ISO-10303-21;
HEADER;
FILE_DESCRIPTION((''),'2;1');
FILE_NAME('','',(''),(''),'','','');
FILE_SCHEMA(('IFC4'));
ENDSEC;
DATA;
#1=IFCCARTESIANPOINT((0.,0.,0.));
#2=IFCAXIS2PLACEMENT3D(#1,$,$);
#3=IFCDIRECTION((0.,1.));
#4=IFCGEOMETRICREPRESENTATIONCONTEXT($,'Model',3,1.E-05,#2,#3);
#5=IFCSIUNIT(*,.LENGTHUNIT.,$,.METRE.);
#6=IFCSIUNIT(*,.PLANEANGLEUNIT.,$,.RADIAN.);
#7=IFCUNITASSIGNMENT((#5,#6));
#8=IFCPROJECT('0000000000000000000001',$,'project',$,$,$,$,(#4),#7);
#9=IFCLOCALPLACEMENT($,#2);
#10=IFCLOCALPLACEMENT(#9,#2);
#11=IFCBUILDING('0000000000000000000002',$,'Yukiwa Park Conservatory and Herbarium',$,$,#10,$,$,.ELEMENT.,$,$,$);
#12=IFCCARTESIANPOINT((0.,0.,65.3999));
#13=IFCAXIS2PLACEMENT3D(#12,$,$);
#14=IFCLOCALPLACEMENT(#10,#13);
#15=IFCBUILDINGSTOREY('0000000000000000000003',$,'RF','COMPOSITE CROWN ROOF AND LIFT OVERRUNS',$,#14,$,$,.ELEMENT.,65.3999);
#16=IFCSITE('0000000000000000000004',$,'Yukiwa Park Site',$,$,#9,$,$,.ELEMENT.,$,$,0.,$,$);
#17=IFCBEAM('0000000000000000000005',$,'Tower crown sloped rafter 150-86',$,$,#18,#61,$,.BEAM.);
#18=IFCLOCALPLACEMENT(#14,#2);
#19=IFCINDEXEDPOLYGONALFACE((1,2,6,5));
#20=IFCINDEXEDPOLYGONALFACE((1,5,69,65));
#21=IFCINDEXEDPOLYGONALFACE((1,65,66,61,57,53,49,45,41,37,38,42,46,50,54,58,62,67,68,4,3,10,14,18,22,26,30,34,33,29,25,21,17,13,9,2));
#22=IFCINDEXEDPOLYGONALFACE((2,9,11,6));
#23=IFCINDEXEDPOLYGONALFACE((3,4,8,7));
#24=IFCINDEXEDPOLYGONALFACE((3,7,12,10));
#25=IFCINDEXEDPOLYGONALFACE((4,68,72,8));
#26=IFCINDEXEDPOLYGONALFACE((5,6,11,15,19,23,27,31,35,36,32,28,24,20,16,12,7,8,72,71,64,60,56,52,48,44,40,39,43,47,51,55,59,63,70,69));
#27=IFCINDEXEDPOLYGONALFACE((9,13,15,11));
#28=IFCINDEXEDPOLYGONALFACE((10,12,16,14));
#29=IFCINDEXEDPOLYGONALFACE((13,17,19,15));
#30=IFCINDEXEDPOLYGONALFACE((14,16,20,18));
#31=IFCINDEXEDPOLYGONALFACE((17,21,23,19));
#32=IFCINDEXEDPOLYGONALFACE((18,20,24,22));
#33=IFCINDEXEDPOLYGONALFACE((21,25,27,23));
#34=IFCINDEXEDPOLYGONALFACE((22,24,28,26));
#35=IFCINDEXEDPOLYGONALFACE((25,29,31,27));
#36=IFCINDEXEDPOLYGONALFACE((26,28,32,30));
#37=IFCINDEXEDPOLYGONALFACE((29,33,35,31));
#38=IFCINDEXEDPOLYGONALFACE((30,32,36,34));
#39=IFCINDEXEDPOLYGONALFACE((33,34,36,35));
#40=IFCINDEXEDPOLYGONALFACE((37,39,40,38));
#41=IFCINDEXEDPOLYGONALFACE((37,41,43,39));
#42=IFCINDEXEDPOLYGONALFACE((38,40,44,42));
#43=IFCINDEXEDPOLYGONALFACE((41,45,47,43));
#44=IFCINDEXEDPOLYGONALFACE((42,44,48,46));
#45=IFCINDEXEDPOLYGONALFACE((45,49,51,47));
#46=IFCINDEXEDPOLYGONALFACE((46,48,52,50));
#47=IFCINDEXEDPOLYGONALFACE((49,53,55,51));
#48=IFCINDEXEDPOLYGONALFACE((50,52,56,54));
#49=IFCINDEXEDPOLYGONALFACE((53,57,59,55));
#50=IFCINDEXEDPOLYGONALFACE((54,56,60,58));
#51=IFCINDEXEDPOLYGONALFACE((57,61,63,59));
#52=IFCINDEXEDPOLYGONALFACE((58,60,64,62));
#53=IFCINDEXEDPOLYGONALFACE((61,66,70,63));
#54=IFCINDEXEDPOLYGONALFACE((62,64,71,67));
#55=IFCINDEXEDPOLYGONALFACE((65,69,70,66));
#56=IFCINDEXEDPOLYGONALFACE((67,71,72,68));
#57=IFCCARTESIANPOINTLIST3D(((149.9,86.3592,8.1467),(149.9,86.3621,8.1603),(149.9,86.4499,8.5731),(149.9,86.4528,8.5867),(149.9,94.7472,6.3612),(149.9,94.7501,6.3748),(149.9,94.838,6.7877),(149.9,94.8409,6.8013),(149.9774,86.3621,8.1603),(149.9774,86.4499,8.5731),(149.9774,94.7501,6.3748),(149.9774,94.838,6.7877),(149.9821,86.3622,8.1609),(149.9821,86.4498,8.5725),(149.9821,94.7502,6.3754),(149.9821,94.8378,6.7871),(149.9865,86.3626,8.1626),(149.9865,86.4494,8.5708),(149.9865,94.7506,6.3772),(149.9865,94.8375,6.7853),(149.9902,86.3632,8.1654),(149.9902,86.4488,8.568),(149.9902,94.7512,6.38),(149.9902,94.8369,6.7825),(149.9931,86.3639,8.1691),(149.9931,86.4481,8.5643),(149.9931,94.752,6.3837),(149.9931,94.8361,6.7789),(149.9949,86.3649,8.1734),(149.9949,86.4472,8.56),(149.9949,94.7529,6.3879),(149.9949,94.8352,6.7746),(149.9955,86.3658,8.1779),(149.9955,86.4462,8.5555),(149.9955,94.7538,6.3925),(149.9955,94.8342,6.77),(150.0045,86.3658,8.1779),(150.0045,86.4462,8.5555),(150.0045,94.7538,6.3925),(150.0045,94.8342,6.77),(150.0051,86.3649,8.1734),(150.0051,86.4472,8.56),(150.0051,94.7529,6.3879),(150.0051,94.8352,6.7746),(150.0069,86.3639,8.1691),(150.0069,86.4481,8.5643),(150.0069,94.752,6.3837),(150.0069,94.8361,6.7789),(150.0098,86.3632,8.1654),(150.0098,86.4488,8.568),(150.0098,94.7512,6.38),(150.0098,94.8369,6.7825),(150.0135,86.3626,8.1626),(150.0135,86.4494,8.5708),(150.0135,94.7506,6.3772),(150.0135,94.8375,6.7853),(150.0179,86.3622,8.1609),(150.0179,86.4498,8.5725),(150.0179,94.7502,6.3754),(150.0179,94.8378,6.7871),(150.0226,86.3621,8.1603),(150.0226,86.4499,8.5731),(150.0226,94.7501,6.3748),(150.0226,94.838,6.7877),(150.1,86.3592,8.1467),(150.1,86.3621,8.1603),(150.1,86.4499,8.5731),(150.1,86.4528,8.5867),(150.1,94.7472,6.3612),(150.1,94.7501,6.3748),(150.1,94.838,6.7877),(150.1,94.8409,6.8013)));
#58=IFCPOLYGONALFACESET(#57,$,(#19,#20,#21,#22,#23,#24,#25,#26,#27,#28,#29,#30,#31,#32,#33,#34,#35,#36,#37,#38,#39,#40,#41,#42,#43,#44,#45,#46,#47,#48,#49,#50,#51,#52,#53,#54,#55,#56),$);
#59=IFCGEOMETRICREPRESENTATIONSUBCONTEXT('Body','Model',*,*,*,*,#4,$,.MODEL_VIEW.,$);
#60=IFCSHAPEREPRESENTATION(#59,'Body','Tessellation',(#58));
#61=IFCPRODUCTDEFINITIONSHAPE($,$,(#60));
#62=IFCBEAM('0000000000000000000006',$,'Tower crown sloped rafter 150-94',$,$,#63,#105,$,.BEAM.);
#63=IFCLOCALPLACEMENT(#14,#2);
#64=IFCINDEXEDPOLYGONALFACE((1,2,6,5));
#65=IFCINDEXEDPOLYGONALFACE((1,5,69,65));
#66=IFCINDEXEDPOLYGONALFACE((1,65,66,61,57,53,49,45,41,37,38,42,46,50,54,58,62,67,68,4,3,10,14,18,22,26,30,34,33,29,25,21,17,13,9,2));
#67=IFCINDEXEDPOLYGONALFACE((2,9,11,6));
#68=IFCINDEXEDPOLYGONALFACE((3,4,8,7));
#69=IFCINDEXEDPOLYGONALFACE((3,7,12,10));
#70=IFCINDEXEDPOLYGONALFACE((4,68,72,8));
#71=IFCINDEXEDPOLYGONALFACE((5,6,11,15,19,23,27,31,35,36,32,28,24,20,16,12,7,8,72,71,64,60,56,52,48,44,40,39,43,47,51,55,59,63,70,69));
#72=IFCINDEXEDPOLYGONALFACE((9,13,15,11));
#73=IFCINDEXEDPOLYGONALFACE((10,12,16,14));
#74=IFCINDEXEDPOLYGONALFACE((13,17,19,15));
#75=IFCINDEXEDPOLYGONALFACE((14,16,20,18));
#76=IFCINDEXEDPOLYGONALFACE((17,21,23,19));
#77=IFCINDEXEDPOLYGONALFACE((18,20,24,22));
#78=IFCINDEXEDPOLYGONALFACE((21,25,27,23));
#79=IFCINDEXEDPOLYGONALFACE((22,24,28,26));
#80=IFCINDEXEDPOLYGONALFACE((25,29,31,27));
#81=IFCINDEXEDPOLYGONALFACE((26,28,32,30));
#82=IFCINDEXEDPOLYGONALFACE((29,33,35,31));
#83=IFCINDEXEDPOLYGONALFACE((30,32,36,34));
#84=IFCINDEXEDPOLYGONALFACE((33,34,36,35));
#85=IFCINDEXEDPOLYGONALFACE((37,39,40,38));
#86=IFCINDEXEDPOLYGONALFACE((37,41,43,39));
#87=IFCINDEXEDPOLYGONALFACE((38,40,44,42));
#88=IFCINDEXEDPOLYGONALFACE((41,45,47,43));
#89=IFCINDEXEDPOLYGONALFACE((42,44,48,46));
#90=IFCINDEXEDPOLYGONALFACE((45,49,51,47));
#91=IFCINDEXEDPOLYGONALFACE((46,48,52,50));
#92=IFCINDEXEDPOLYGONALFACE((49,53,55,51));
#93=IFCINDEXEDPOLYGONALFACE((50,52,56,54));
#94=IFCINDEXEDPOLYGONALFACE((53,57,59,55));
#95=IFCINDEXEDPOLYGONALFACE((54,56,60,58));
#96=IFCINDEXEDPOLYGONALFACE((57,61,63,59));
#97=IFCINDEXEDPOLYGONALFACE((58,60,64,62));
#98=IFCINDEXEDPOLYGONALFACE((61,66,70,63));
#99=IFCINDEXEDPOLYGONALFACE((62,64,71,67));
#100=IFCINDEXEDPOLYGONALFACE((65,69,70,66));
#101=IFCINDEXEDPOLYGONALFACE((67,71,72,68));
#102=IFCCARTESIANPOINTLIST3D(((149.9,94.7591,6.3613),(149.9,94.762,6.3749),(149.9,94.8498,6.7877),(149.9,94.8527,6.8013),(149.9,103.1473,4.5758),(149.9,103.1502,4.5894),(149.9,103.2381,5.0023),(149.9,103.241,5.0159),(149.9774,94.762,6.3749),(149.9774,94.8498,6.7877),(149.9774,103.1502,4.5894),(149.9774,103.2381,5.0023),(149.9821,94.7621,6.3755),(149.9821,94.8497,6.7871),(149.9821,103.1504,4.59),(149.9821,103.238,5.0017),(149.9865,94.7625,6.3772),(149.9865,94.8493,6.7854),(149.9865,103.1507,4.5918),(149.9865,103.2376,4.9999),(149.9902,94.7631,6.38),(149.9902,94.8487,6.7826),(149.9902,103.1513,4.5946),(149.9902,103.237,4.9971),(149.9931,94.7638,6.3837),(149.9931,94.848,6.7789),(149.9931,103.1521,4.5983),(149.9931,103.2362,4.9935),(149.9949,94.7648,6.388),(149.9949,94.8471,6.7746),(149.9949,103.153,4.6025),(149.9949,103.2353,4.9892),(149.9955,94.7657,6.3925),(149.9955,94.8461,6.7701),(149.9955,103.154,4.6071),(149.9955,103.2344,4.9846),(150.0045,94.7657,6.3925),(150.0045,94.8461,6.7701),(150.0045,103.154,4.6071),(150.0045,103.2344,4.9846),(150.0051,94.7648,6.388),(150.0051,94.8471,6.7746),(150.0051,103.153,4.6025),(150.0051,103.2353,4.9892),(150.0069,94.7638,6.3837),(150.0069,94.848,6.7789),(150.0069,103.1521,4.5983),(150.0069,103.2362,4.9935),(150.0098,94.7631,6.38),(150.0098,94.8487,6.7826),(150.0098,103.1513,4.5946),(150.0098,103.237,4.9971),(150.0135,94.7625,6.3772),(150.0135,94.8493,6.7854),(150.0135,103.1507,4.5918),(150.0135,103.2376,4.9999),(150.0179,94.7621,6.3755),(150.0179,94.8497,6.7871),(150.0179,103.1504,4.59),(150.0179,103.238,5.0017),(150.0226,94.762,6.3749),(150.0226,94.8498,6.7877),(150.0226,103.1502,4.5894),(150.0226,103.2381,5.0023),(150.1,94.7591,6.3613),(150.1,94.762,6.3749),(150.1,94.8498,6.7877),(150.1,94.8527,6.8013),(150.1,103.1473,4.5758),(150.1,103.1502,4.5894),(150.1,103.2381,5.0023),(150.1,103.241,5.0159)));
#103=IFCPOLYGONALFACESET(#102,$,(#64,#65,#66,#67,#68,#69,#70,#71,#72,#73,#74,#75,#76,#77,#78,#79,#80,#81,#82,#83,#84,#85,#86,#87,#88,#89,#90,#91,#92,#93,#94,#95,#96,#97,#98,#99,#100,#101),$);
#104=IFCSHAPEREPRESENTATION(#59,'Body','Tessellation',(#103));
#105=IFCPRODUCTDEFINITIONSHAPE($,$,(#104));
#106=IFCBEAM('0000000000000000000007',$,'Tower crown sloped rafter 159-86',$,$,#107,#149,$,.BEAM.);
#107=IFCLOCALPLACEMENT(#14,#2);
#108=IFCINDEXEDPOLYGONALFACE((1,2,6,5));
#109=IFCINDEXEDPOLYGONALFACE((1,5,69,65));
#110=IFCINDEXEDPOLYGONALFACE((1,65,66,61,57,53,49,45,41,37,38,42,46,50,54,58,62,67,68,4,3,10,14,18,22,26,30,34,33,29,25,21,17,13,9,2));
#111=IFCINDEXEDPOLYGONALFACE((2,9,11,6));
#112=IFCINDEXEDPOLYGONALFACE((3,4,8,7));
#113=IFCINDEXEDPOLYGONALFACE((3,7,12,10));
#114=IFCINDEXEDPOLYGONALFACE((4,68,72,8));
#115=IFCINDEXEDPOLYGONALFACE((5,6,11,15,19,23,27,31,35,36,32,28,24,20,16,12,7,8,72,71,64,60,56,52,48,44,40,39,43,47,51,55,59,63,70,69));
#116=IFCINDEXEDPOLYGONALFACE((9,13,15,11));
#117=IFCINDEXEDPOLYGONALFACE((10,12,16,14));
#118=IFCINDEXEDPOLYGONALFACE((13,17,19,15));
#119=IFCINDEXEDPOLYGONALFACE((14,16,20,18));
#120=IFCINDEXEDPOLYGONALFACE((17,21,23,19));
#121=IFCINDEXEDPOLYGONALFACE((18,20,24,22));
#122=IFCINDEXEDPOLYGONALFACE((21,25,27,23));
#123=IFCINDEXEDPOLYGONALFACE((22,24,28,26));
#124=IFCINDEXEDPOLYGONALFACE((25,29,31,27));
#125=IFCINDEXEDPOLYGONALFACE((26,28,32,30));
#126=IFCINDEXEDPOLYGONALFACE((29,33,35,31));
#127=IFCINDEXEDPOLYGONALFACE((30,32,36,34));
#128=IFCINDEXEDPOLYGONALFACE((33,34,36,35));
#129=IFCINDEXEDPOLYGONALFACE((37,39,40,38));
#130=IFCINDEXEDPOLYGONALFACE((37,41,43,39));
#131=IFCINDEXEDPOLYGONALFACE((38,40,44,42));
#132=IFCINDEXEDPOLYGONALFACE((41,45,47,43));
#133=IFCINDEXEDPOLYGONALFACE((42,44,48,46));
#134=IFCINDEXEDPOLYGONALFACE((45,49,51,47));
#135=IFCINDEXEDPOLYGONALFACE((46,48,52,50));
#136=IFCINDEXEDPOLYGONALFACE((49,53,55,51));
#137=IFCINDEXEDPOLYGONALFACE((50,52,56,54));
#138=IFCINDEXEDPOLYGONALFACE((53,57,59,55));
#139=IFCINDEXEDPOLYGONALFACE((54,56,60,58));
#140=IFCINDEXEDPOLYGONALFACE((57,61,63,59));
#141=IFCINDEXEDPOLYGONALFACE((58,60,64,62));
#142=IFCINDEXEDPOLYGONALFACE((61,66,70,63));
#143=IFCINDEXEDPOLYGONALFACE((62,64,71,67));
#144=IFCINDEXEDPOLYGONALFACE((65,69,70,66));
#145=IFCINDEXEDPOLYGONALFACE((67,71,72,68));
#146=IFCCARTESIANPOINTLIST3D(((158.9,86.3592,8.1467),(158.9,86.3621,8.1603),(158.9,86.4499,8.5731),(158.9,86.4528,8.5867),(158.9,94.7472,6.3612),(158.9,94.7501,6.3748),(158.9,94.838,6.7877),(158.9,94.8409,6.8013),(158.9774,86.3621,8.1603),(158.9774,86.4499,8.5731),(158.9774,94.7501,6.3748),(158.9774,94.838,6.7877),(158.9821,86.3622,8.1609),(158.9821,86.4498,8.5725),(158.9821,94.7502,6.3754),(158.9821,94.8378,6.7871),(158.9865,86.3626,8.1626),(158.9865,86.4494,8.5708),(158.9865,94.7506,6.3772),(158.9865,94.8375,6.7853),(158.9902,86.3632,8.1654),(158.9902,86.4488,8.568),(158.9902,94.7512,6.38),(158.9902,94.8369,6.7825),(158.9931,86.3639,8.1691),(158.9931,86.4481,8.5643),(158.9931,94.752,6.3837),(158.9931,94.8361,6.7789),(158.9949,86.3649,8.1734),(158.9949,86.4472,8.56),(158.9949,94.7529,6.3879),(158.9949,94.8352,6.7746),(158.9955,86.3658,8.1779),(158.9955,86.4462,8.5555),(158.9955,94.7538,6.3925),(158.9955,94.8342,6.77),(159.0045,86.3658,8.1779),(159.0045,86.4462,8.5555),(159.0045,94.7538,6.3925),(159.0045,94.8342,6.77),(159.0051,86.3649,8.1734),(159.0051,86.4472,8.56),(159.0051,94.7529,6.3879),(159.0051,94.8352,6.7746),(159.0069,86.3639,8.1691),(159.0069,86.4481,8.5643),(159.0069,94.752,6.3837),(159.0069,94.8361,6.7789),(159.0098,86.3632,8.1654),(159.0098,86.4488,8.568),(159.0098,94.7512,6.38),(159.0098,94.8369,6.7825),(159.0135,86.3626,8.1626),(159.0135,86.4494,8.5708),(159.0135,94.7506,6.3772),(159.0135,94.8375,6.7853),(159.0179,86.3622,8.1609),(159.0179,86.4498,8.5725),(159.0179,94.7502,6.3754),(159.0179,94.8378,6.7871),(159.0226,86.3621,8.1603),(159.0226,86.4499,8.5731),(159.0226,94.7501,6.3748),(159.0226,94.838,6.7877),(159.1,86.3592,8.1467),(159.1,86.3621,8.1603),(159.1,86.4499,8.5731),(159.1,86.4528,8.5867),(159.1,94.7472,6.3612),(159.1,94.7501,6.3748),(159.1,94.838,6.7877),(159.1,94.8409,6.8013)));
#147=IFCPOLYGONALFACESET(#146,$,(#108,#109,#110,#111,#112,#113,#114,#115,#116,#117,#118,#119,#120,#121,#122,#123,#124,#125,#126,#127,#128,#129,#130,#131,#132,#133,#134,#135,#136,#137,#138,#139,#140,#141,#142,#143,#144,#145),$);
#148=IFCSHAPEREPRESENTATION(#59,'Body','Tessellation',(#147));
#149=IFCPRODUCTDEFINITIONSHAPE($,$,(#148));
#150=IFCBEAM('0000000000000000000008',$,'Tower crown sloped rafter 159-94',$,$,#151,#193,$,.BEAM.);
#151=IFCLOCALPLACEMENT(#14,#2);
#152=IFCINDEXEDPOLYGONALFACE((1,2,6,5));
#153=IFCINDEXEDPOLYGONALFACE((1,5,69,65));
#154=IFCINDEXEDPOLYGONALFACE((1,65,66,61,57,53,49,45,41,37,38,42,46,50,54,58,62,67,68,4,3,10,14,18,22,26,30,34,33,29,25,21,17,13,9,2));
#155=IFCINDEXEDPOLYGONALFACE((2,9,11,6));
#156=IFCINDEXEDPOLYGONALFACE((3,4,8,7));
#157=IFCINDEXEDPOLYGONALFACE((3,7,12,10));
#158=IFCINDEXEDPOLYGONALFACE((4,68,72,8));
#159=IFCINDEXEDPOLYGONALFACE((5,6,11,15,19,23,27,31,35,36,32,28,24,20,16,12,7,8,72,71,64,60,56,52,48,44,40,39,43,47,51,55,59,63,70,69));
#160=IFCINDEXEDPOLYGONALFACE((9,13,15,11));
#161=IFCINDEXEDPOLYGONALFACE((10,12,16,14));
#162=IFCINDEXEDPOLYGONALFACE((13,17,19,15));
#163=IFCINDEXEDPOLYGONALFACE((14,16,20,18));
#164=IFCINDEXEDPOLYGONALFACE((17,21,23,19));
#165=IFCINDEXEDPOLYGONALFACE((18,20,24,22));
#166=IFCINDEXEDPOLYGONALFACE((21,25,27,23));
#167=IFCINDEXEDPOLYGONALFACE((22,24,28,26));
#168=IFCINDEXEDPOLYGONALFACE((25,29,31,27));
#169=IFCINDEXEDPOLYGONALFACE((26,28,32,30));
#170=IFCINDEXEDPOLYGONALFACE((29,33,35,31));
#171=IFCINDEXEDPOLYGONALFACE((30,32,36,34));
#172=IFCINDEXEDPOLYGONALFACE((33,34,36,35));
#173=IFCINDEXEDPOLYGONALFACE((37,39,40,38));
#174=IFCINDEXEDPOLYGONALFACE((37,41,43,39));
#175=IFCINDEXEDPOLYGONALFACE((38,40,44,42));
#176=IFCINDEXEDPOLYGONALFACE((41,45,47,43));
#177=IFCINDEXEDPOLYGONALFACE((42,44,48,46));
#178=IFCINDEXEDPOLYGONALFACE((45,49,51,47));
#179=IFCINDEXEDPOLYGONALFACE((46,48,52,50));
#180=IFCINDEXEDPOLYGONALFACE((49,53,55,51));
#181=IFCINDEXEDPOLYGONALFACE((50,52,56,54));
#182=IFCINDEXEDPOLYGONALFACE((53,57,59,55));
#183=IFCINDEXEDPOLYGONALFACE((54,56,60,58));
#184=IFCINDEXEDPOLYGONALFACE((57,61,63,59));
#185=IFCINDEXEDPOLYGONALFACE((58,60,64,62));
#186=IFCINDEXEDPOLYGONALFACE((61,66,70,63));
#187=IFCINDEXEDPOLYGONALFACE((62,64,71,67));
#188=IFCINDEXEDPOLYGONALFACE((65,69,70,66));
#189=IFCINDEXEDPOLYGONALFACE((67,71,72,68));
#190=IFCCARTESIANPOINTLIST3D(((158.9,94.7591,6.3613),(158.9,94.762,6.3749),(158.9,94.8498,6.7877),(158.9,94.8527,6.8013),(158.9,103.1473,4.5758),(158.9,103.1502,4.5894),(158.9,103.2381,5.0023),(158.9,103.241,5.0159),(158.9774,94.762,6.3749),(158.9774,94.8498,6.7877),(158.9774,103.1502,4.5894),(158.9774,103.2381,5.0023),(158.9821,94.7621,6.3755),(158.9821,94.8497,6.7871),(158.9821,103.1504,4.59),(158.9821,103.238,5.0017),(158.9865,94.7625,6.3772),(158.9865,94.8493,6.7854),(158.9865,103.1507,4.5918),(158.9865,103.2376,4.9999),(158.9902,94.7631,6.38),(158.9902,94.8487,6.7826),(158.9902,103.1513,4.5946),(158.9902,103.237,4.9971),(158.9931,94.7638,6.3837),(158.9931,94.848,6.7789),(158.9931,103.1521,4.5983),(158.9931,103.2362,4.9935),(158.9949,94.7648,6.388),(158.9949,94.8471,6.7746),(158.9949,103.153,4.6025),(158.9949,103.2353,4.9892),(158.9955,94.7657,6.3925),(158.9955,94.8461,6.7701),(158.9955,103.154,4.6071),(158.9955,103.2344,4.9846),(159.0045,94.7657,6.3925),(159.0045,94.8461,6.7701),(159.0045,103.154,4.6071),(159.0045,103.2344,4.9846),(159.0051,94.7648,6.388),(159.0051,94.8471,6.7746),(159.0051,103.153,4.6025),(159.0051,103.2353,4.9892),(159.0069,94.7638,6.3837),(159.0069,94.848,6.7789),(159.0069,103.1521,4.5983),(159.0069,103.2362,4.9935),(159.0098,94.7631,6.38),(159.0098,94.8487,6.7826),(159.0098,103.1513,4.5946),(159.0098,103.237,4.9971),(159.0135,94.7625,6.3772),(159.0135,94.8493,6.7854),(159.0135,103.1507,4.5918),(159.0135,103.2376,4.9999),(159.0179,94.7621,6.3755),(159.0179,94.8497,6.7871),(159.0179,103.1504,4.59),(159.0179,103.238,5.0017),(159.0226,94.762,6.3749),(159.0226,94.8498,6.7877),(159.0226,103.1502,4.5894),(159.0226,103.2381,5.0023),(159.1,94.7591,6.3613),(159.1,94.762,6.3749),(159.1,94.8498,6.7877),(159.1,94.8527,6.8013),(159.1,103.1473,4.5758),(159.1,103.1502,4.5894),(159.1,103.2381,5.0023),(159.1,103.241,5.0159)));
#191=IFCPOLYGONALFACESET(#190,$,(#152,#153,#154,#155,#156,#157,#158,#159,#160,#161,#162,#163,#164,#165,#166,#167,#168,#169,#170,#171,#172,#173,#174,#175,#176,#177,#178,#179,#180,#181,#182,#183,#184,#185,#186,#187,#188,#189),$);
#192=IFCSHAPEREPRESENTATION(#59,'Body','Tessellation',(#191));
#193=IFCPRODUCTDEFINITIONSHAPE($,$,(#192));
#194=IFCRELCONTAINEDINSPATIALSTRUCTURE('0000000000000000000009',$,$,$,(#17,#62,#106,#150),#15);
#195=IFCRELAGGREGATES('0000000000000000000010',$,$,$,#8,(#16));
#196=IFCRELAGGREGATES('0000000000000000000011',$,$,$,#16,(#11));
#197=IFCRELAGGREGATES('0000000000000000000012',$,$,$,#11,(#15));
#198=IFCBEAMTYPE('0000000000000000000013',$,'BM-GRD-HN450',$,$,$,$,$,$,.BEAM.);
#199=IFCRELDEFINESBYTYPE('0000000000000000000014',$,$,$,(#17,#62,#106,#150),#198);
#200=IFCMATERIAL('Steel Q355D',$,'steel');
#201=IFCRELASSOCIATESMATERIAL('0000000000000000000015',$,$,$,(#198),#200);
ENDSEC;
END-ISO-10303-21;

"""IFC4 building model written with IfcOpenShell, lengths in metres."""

from ifc_helpers import new_model, si_unit, direction, frame, origin, origin_2d, place, context, subcontext, project, spatial, i_section, extrude, material, material_profile, profile_set, type_object, element, save


model = new_model("IFC4")

# Units and contexts
model_context = context("Model", 3, precision=1e-05, world=origin(), true_north=direction((0.0, 1.0)))
body_context = subcontext(model_context, "Body", "Model", "MODEL_VIEW")
ifc_project = project(units=[si_unit("LENGTHUNIT", "METRE"), si_unit("PLANEANGLEUNIT", "RADIAN")], contexts=[model_context])

# Site, building, storey
site_placement = place(None, origin())
site = spatial("IfcSite", under=ifc_project, at=site_placement, Name="Yukiwa Park Site", CompositionType="ELEMENT", RefElevation=0.0)
building_placement = place(site_placement, origin())
building = spatial("IfcBuilding", under=site, at=building_placement, Name="Yukiwa Park Conservatory and Herbarium", CompositionType="ELEMENT")
storey_placement = place(building_placement, frame((0.0, 0.0, 65.3999)))
storey = spatial("IfcBuildingStorey", under=building, at=storey_placement, Name="RF", Description="COMPOSITE CROWN ROOF AND LIFT OVERRUNS", CompositionType="ELEMENT", Elevation=65.3999)

# Beams
ifc_material_1 = material(Name="Steel Q355D", Category="steel")
ifc_material_profile_1 = material_profile(ifc_material_1, i_section(OverallWidth=0.2, OverallDepth=0.45, WebThickness=0.009, FlangeThickness=0.0139, FilletRadius=0.0181, at=origin_2d()), Name="HN 450x200x9x14")
ifc_profile_set_1 = profile_set([ifc_material_profile_1], Name="Steel Q355D")
beam_type_1 = type_object("IfcBeamType", Name="BM-GRD-HN450", PredefinedType="BEAM", material=ifc_profile_set_1)
beam_1_placement = place(storey_placement, frame((150.0, 86.406, 8.3667), z_axis=(0.0, 0.978089, -0.208189), x_axis=(-1.0, 0.0, 0.0)))
element("IfcBeam", 1, at=beam_1_placement, inside=storey, type_object=beam_type_1, Name="Tower crown sloped rafter 150-86", PredefinedType="BEAM", context=body_context, shape_type="SweptSolid", body=[
    extrude(i_section(OverallWidth=0.2, OverallDepth=0.45, WebThickness=0.009, FlangeThickness=0.0139, FilletRadius=0.0181, at=origin_2d()), origin(), (0.0, 0.0, 1.0), 8.5759),
])
beam_2_placement = place(storey_placement, frame((150.0, 94.8059, 6.5813), z_axis=(0.0, 0.97809, -0.208184), x_axis=(-1.0, 0.0, 0.0)))
element("IfcBeam", 2, at=beam_2_placement, inside=storey, type_object=beam_type_1, Name="Tower crown sloped rafter 150-94", PredefinedType="BEAM", context=body_context, shape_type="SweptSolid", body=[
    extrude(i_section(OverallWidth=0.2, OverallDepth=0.45, WebThickness=0.009, FlangeThickness=0.0139, FilletRadius=0.0181, at=origin_2d()), origin(), (0.0, 0.0, 1.0), 8.5762),
])
beam_3_placement = place(storey_placement, frame((159.0, 86.406, 8.3667), z_axis=(0.0, 0.978089, -0.208189), x_axis=(-1.0, 0.0, 0.0)))
element("IfcBeam", 3, at=beam_3_placement, inside=storey, type_object=beam_type_1, Name="Tower crown sloped rafter 159-86", PredefinedType="BEAM", context=body_context, shape_type="SweptSolid", body=[
    extrude(i_section(OverallWidth=0.2, OverallDepth=0.45, WebThickness=0.009, FlangeThickness=0.0139, FilletRadius=0.0181, at=origin_2d()), origin(), (0.0, 0.0, 1.0), 8.5759),
])
beam_4_placement = place(storey_placement, frame((159.0, 94.8059, 6.5813), z_axis=(0.0, 0.97809, -0.208184), x_axis=(-1.0, 0.0, 0.0)))
element("IfcBeam", 4, at=beam_4_placement, inside=storey, type_object=beam_type_1, Name="Tower crown sloped rafter 159-94", PredefinedType="BEAM", context=body_context, shape_type="SweptSolid", body=[
    extrude(i_section(OverallWidth=0.2, OverallDepth=0.45, WebThickness=0.009, FlangeThickness=0.0139, FilletRadius=0.0181, at=origin_2d()), origin(), (0.0, 0.0, 1.0), 8.5762),
])

save(model, "model.ifc")
